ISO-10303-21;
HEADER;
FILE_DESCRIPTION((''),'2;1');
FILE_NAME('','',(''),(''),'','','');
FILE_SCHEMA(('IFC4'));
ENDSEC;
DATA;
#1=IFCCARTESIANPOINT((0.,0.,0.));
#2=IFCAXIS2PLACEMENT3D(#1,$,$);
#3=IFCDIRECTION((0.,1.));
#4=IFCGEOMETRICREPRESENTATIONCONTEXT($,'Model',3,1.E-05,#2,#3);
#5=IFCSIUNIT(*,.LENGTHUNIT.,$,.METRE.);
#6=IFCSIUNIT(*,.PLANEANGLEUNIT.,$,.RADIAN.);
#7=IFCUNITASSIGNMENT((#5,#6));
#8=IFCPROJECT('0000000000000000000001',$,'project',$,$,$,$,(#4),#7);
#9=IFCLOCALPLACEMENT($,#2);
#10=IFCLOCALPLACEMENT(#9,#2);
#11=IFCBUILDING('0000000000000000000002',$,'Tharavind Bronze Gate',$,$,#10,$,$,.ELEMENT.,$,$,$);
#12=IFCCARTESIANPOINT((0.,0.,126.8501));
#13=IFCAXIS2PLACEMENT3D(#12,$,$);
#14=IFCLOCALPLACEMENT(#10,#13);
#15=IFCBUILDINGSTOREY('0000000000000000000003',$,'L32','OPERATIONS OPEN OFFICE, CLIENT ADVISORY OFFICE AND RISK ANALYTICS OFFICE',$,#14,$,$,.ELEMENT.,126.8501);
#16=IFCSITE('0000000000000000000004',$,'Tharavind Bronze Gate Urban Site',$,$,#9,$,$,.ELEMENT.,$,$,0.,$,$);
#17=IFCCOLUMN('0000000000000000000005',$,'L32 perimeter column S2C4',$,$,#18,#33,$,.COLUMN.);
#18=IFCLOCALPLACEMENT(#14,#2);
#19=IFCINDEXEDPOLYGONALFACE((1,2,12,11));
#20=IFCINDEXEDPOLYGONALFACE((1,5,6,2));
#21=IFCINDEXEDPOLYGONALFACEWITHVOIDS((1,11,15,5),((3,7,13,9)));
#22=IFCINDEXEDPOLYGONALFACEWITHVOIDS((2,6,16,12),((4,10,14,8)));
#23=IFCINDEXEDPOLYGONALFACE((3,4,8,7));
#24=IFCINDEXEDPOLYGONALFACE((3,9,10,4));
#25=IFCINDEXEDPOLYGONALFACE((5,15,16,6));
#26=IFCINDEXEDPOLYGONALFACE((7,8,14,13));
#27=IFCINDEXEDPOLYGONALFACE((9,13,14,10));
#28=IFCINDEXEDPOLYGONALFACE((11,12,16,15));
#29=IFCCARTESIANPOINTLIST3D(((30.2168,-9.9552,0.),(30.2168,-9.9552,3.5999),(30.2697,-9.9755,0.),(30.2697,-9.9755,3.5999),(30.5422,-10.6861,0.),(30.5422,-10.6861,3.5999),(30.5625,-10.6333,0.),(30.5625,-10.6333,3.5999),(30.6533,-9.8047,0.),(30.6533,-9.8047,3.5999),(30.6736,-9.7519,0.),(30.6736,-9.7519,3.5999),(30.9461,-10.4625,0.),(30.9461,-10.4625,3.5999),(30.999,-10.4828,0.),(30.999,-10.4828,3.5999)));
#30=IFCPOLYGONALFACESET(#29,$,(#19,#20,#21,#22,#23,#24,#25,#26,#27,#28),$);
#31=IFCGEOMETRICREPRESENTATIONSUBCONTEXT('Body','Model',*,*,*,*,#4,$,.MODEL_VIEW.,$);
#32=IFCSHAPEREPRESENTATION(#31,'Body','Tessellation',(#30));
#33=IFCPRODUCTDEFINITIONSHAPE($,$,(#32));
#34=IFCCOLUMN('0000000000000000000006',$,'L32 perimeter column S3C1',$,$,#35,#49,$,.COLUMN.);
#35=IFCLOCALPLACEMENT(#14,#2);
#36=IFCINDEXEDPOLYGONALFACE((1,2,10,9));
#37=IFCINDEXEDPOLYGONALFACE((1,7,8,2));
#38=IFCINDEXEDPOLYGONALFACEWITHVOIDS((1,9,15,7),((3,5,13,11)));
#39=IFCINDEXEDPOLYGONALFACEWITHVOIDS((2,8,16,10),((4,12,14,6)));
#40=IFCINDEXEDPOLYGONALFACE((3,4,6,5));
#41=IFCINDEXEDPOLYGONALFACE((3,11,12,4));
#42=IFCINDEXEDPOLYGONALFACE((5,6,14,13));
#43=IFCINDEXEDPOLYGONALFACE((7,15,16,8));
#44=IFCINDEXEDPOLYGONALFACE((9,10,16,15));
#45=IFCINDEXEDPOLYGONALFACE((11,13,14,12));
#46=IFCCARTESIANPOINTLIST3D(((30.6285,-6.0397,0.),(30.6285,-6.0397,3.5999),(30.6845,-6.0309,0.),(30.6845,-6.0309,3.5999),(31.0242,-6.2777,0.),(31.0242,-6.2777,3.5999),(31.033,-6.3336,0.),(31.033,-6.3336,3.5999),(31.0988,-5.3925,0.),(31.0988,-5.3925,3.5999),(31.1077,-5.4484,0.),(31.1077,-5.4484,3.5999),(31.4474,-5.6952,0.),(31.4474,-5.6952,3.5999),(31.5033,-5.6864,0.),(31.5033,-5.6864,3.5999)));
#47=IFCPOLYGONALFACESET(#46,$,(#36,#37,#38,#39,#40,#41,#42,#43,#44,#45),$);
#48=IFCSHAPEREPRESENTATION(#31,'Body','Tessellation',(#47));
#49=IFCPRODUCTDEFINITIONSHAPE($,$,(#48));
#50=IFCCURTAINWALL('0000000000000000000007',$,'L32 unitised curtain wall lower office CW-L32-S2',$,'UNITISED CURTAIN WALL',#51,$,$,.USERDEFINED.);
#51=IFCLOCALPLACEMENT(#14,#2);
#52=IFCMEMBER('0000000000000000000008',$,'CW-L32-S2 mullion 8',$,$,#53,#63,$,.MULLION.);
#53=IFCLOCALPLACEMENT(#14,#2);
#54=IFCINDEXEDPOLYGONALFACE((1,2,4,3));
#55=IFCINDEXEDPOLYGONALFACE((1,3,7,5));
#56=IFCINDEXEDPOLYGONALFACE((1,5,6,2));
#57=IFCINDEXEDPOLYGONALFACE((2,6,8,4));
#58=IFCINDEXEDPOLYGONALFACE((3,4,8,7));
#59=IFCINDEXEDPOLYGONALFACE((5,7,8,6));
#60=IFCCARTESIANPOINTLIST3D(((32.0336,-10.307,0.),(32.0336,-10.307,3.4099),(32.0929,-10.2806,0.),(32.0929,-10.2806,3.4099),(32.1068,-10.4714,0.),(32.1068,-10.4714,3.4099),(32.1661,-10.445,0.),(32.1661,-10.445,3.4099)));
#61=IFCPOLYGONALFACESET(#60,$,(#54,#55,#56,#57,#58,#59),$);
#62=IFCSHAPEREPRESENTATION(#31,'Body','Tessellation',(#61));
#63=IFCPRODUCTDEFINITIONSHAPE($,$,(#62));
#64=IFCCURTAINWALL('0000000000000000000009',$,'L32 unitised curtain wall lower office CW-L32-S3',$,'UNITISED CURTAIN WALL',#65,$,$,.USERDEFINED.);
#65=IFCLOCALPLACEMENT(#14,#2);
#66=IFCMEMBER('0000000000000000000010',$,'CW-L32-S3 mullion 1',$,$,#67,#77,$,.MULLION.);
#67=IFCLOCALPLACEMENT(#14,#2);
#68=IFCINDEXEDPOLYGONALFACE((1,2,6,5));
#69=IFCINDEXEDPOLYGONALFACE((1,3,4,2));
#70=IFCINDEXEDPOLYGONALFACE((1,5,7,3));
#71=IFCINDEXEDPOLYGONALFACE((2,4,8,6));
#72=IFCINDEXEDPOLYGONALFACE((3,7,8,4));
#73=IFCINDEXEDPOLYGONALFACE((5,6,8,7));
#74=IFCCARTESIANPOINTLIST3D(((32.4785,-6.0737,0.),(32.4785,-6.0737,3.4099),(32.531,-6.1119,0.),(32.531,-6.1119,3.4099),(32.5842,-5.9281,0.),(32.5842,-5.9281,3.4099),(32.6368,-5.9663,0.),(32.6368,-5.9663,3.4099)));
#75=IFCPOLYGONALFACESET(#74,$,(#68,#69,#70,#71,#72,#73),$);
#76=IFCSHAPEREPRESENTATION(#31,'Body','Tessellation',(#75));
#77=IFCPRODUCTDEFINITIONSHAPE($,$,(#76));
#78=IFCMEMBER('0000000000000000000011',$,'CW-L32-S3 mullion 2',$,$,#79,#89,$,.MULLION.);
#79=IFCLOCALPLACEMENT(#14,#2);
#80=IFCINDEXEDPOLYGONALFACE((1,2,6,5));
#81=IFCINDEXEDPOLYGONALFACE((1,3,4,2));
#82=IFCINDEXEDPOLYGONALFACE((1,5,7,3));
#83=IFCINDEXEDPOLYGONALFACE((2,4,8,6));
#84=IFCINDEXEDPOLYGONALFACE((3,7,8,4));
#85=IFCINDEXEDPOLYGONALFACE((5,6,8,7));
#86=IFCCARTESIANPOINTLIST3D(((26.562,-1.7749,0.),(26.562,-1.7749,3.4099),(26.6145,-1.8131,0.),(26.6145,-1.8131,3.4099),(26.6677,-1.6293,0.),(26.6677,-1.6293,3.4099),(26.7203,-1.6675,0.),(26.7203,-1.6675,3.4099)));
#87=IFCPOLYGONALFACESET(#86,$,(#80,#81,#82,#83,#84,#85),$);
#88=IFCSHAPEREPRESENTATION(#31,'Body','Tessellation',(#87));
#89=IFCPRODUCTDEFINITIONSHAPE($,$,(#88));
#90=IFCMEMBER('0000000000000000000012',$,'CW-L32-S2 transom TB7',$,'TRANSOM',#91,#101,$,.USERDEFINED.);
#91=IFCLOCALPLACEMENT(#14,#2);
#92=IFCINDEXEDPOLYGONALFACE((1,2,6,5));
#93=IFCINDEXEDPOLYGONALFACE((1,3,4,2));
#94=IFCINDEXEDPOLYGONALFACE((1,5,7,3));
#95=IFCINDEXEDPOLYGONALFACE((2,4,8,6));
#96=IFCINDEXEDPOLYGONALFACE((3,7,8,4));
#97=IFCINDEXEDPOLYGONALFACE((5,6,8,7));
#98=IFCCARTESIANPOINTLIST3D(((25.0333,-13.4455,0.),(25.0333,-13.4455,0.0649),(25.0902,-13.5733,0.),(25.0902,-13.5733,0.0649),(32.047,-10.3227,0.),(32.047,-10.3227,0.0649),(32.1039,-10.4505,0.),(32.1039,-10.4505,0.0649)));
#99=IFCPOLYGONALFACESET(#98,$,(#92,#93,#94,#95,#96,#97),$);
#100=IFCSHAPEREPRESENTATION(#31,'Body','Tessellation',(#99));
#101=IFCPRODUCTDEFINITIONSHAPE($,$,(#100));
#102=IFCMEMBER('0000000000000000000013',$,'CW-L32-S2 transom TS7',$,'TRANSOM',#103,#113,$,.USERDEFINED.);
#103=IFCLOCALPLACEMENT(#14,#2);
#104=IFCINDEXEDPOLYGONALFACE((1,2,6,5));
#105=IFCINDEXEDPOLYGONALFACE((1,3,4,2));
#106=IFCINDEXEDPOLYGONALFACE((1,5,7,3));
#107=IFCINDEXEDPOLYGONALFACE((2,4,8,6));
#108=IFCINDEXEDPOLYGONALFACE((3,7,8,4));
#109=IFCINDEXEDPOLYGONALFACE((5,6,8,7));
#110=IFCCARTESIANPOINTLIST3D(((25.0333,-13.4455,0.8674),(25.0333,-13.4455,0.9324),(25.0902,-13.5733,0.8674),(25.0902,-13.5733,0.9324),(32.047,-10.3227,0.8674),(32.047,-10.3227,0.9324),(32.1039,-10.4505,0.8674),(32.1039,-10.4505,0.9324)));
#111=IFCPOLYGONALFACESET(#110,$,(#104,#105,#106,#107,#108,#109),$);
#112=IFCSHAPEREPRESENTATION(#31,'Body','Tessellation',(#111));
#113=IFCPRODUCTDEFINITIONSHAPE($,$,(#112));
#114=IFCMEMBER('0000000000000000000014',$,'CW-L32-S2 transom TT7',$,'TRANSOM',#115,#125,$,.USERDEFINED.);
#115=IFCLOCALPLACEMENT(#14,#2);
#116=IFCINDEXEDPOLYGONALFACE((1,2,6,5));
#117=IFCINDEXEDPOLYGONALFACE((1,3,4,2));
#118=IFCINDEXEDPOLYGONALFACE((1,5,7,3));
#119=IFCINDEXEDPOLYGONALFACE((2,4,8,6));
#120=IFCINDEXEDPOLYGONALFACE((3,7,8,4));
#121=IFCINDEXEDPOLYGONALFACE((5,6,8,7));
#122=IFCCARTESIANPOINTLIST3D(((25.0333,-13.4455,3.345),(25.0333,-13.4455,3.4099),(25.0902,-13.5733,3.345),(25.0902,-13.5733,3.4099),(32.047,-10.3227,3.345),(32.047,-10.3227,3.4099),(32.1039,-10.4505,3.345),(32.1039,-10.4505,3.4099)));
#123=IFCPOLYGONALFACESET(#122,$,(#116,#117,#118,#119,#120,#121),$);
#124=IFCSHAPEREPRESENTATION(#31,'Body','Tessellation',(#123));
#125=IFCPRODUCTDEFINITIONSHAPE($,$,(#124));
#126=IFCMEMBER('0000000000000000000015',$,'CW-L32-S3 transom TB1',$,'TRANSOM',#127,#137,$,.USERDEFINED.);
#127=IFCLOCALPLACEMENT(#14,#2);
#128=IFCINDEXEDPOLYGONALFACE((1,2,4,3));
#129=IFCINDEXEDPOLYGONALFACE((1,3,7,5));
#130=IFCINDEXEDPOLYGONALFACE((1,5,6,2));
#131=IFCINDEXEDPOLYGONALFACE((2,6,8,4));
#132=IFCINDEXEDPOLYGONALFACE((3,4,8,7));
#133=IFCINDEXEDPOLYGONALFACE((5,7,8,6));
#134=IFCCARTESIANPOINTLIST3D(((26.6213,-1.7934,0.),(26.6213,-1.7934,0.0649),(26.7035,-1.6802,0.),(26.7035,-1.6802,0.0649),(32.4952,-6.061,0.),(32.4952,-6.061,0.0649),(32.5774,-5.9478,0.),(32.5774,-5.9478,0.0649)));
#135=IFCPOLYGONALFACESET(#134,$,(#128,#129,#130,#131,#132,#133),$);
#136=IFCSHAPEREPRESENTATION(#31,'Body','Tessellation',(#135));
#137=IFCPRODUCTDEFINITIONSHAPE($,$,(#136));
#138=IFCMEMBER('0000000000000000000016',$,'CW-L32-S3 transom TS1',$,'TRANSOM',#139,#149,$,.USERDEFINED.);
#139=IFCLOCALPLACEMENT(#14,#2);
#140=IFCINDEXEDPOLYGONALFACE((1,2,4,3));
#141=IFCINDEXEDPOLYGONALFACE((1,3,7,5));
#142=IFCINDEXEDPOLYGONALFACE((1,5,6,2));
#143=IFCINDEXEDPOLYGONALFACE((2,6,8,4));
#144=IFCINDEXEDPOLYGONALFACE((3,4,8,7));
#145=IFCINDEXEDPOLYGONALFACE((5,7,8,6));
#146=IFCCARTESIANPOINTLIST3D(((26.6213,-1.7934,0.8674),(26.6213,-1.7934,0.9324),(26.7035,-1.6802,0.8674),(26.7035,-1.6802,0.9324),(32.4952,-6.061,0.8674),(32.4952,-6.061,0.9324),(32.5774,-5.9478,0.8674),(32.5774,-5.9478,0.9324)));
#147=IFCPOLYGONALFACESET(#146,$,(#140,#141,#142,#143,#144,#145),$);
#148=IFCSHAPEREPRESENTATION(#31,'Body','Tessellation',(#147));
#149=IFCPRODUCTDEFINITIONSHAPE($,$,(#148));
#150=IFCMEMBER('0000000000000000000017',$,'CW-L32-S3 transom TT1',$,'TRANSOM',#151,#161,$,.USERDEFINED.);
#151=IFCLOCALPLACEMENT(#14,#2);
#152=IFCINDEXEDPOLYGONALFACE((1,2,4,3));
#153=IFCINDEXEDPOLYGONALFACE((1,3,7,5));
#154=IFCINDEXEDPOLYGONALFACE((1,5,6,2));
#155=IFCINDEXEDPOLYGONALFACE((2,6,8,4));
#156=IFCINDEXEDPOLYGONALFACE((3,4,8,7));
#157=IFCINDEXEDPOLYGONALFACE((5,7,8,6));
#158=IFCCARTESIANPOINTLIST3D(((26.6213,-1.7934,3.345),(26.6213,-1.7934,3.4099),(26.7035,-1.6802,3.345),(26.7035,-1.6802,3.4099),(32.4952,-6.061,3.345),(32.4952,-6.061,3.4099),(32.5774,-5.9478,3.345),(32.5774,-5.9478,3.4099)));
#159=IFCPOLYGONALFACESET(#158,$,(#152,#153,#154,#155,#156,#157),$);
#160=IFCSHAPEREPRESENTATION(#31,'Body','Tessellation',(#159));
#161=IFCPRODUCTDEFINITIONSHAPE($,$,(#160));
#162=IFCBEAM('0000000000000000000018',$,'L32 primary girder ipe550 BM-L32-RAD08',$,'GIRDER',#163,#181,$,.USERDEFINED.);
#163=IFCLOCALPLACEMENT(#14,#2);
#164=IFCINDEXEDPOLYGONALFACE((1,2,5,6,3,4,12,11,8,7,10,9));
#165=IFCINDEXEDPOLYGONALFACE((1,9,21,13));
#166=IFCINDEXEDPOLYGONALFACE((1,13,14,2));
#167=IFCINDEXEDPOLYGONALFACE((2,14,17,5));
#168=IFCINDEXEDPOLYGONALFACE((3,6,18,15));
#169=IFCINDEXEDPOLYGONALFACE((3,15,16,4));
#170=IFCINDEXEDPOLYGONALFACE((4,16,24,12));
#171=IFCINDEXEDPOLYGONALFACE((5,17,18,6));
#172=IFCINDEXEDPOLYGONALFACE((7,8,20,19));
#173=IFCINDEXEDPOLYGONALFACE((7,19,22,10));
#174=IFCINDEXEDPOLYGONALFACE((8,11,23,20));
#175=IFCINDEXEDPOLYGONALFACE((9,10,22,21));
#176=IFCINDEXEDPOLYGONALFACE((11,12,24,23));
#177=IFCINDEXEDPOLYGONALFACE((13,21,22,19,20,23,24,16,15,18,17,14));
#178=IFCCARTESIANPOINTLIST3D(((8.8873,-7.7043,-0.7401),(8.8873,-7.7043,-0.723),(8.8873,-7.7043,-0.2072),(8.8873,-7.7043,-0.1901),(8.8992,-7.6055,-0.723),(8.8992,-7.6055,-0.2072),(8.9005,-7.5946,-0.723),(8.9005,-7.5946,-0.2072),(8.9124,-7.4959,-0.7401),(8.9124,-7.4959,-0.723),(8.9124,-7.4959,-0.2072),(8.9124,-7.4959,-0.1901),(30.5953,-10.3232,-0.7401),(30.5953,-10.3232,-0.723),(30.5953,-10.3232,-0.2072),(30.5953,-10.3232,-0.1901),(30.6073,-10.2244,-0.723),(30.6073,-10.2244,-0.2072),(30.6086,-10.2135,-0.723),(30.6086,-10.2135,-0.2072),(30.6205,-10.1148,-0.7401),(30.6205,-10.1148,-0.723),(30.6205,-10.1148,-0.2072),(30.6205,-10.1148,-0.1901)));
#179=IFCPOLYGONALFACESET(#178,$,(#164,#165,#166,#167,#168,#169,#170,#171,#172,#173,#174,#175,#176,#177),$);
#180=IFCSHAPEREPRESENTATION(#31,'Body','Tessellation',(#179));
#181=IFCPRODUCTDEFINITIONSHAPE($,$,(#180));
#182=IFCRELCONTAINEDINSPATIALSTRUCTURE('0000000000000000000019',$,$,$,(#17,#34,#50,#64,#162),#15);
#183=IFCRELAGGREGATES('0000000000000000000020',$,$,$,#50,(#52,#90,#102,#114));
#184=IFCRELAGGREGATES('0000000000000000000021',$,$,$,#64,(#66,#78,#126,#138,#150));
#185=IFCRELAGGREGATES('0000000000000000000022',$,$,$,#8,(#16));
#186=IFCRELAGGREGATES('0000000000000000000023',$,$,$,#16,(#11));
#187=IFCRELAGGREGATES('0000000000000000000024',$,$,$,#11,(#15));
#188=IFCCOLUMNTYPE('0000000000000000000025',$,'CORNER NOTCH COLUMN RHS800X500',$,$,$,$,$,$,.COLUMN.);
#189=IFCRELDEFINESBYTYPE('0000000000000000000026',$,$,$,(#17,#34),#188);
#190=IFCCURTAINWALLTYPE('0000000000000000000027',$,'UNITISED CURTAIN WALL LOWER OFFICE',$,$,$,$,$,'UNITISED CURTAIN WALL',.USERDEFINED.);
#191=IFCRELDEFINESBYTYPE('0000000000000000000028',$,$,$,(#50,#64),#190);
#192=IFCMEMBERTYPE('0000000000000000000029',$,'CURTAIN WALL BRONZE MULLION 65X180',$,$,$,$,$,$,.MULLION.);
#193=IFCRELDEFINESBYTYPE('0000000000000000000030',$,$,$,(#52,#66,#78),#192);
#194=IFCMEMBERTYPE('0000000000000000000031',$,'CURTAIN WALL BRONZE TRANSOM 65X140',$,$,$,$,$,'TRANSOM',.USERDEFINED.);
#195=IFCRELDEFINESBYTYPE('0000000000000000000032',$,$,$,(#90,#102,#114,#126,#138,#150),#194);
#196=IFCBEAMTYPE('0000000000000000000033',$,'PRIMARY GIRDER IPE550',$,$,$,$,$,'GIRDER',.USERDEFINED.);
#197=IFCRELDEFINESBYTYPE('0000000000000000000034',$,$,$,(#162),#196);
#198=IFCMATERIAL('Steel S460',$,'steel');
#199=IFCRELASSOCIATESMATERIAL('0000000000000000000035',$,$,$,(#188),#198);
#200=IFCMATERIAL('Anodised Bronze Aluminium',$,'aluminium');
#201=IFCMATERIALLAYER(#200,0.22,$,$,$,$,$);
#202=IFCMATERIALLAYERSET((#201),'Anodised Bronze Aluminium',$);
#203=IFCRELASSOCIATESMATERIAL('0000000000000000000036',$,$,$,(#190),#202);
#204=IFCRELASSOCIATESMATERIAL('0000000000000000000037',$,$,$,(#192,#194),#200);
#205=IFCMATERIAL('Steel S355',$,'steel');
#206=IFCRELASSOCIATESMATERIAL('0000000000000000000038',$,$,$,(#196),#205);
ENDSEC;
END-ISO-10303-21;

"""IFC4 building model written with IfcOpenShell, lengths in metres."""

from ifc_helpers import new_model, si_unit, direction, frame, origin, origin_2d, place, context, subcontext, project, spatial, rectangle, hollow_rectangle, i_section, extrude, material, layer, layer_set, material_profile, profile_set, type_object, element, aggregate, save


model = new_model("IFC4")

# Units and contexts
model_context = context("Model", 3, precision=1e-05, world=origin(), true_north=direction((0.0, 1.0)))
body_context = subcontext(model_context, "Body", "Model", "MODEL_VIEW")
ifc_project = project(units=[si_unit("LENGTHUNIT", "METRE"), si_unit("PLANEANGLEUNIT", "RADIAN")], contexts=[model_context])

# Site, building, storey
site_placement = place(None, origin())
site = spatial("IfcSite", under=ifc_project, at=site_placement, Name="Tharavind Bronze Gate Urban Site", CompositionType="ELEMENT", RefElevation=0.0)
building_placement = place(site_placement, origin())
building = spatial("IfcBuilding", under=site, at=building_placement, Name="Tharavind Bronze Gate", CompositionType="ELEMENT")
storey_placement = place(building_placement, frame((0.0, 0.0, 126.8501)))
storey = spatial("IfcBuildingStorey", under=building, at=storey_placement, Name="L32", Description="OPERATIONS OPEN OFFICE, CLIENT ADVISORY OFFICE AND RISK ANALYTICS OFFICE", CompositionType="ELEMENT", Elevation=126.8501)

# Columns
ifc_material_1 = material(Name="Steel S460", Category="steel")
ifc_material_profile_1 = material_profile(ifc_material_1, hollow_rectangle(XDim=0.5, YDim=0.8, WallThickness=0.04, at=origin_2d()), Name="RHS800X500X40")
ifc_profile_set_1 = profile_set([ifc_material_profile_1], Name="Steel S460")
column_type = type_object("IfcColumnType", Name="CORNER NOTCH COLUMN RHS800X500", PredefinedType="COLUMN", material=ifc_profile_set_1)
for number, where, z_axis, x_axis, name in (
    (1, (30.6079, -10.219, 0.0), (0.0, 0.0, 1.0), (0.913545, 0.406737, 0.0), "L32 perimeter column S2C4"),
    (2, (31.0659, -5.863, 0.0), (0.0, 0.0, 1.0), (-0.809017, 0.587785, 0.0), "L32 perimeter column S3C1"),
):
    element("IfcColumn", number, at=place(storey_placement, frame(where, z_axis=z_axis, x_axis=x_axis)), inside=storey, type_object=column_type, Name=name, PredefinedType="COLUMN", context=body_context, shape_type="SweptSolid", body=[
        extrude(hollow_rectangle(XDim=0.5, YDim=0.8, WallThickness=0.04, at=origin_2d()), origin(), (0.0, 0.0, 1.0), 3.5999),
    ])

# Curtain wall, member
ifc_material_2 = material(Name="Anodised Bronze Aluminium", Category="aluminium")
ifc_layer_1 = layer(ifc_material_2, 0.22)
ifc_layer_set_1 = layer_set([ifc_layer_1], Name="Anodised Bronze Aluminium")
curtain_wall_type = type_object("IfcCurtainWallType", Name="UNITISED CURTAIN WALL LOWER OFFICE", ElementType="UNITISED CURTAIN WALL", PredefinedType="USERDEFINED", material=ifc_layer_set_1)
curtain_wall_1_placement = place(storey_placement, origin())
curtain_wall_1 = element("IfcCurtainWall", 3, at=curtain_wall_1_placement, inside=storey, type_object=curtain_wall_type, Name="L32 unitised curtain wall lower office CW-L32-S2", ObjectType="UNITISED CURTAIN WALL", PredefinedType="USERDEFINED")
member_type_1 = type_object("IfcMemberType", Name="CURTAIN WALL BRONZE MULLION 65X180", PredefinedType="MULLION", material=ifc_material_2)
member_1_placement = place(storey_placement, frame((32.0999, -10.376, 0.0), z_axis=(0.0, 0.0, 1.0), x_axis=(0.913545, 0.406737, 0.0)))
member_1 = element("IfcMember", 4, at=member_1_placement, type_object=member_type_1, Name="CW-L32-S2 mullion 8", PredefinedType="MULLION", context=body_context, shape_type="SweptSolid", body=[
    extrude(rectangle(XDim=0.0649, YDim=0.1799, at=origin_2d()), origin(), (0.0, 0.0, 1.0), 3.4099),
])

# Curtain wall, members
curtain_wall_2_placement = place(storey_placement, origin())
curtain_wall_2 = element("IfcCurtainWall", 5, at=curtain_wall_2_placement, inside=storey, type_object=curtain_wall_type, Name="L32 unitised curtain wall lower office CW-L32-S3", ObjectType="UNITISED CURTAIN WALL", PredefinedType="USERDEFINED")
member_2_placement = place(storey_placement, frame((32.5576, -6.02, 0.0), z_axis=(0.0, 0.0, 1.0), x_axis=(-0.809017, 0.587785, 0.0)))
member_2 = element("IfcMember", 6, at=member_2_placement, type_object=member_type_1, Name="CW-L32-S3 mullion 1", PredefinedType="MULLION", context=body_context, shape_type="SweptSolid", body=[
    extrude(rectangle(XDim=0.0649, YDim=0.1799, at=origin_2d()), origin(), (0.0, 0.0, 1.0), 3.4099),
])
member_3_placement = place(storey_placement, frame((26.6411, -1.7212, 0.0), z_axis=(0.0, 0.0, 1.0), x_axis=(-0.809017, 0.587785, 0.0)))
member_3 = element("IfcMember", 7, at=member_3_placement, type_object=member_type_1, Name="CW-L32-S3 mullion 2", PredefinedType="MULLION", context=body_context, shape_type="SweptSolid", body=[
    extrude(rectangle(XDim=0.0649, YDim=0.1799, at=origin_2d()), origin(), (0.0, 0.0, 1.0), 3.4099),
])

# Members
member_type_2 = type_object("IfcMemberType", Name="CURTAIN WALL BRONZE TRANSOM 65X140", ElementType="TRANSOM", PredefinedType="USERDEFINED", material=ifc_material_2)
member_4_placement = place(storey_placement, frame((28.5686, -11.948, 0.0), z_axis=(0.0, 0.0, 1.0), x_axis=(0.913545, 0.406737, 0.0)))
member_4 = element("IfcMember", 8, at=member_4_placement, type_object=member_type_2, Name="CW-L32-S2 transom TB7", ObjectType="TRANSOM", PredefinedType="USERDEFINED", context=body_context, shape_type="SweptSolid", body=[
    extrude(rectangle(XDim=7.6775, YDim=0.1399, at=origin_2d()), origin(), (0.0, 0.0, 1.0), 0.0649),
])
member_5_placement = place(storey_placement, frame((28.5686, -11.948, 0.8674), z_axis=(0.0, 0.0, 1.0), x_axis=(0.913545, 0.406737, 0.0)))
member_5 = element("IfcMember", 9, at=member_5_placement, type_object=member_type_2, Name="CW-L32-S2 transom TS7", ObjectType="TRANSOM", PredefinedType="USERDEFINED", context=body_context, shape_type="SweptSolid", body=[
    extrude(rectangle(XDim=7.6775, YDim=0.1399, at=origin_2d()), origin(), (0.0, 0.0, 1.0), 0.0649),
])
member_6_placement = place(storey_placement, frame((28.5686, -11.948, 3.345), z_axis=(0.0, 0.0, 1.0), x_axis=(0.913545, 0.406737, 0.0)))
member_6 = element("IfcMember", 10, at=member_6_placement, type_object=member_type_2, Name="CW-L32-S2 transom TT7", ObjectType="TRANSOM", PredefinedType="USERDEFINED", context=body_context, shape_type="SweptSolid", body=[
    extrude(rectangle(XDim=7.6775, YDim=0.1399, at=origin_2d()), origin(), (0.0, 0.0, 1.0), 0.0649),
])
member_7_placement = place(storey_placement, frame((29.5994, -3.8706, 0.0), z_axis=(0.0, 0.0, 1.0), x_axis=(-0.809017, 0.587785, 0.0)))
member_7 = element("IfcMember", 11, at=member_7_placement, type_object=member_type_2, Name="CW-L32-S3 transom TB1", ObjectType="TRANSOM", PredefinedType="USERDEFINED", context=body_context, shape_type="SweptSolid", body=[
    extrude(rectangle(XDim=7.2605, YDim=0.1399, at=origin_2d()), origin(), (0.0, 0.0, 1.0), 0.0649),
])
member_8_placement = place(storey_placement, frame((29.5994, -3.8706, 0.8674), z_axis=(0.0, 0.0, 1.0), x_axis=(-0.809017, 0.587785, 0.0)))
member_8 = element("IfcMember", 12, at=member_8_placement, type_object=member_type_2, Name="CW-L32-S3 transom TS1", ObjectType="TRANSOM", PredefinedType="USERDEFINED", context=body_context, shape_type="SweptSolid", body=[
    extrude(rectangle(XDim=7.2605, YDim=0.1399, at=origin_2d()), origin(), (0.0, 0.0, 1.0), 0.0649),
])
member_9_placement = place(storey_placement, frame((29.5994, -3.8706, 3.345), z_axis=(0.0, 0.0, 1.0), x_axis=(-0.809017, 0.587785, 0.0)))
member_9 = element("IfcMember", 13, at=member_9_placement, type_object=member_type_2, Name="CW-L32-S3 transom TT1", ObjectType="TRANSOM", PredefinedType="USERDEFINED", context=body_context, shape_type="SweptSolid", body=[
    extrude(rectangle(XDim=7.2605, YDim=0.1399, at=origin_2d()), origin(), (0.0, 0.0, 1.0), 0.0649),
])

# Beam
ifc_material_3 = material(Name="Steel S355", Category="steel")
ifc_material_profile_2 = material_profile(ifc_material_3, i_section(OverallWidth=0.21, OverallDepth=0.55, WebThickness=0.011, FlangeThickness=0.0171, at=origin_2d()), Name="IPE550")
ifc_profile_set_2 = profile_set([ifc_material_profile_2], Name="Steel S355")
beam_type_1 = type_object("IfcBeamType", Name="PRIMARY GIRDER IPE550", ElementType="GIRDER", PredefinedType="USERDEFINED", material=ifc_profile_set_2)
beam_1_placement = place(storey_placement, frame((30.6079, -10.219, -0.4651), z_axis=(-0.992801, 0.119773, 0.0), x_axis=(-0.119773, -0.992801, 0.0)))
element("IfcBeam", 14, at=beam_1_placement, inside=storey, type_object=beam_type_1, Name="L32 primary girder ipe550 BM-L32-RAD08", ObjectType="GIRDER", PredefinedType="USERDEFINED", context=body_context, shape_type="SweptSolid", body=[
    extrude(i_section(OverallWidth=0.21, OverallDepth=0.55, WebThickness=0.011, FlangeThickness=0.0171, at=origin_2d()), origin(), (0.0, 0.0, 1.0), 21.8655),
])

aggregate(curtain_wall_1, [member_1, member_4, member_5, member_6])
aggregate(curtain_wall_2, [member_2, member_3, member_7, member_8, member_9])

save(model, "model.ifc")
